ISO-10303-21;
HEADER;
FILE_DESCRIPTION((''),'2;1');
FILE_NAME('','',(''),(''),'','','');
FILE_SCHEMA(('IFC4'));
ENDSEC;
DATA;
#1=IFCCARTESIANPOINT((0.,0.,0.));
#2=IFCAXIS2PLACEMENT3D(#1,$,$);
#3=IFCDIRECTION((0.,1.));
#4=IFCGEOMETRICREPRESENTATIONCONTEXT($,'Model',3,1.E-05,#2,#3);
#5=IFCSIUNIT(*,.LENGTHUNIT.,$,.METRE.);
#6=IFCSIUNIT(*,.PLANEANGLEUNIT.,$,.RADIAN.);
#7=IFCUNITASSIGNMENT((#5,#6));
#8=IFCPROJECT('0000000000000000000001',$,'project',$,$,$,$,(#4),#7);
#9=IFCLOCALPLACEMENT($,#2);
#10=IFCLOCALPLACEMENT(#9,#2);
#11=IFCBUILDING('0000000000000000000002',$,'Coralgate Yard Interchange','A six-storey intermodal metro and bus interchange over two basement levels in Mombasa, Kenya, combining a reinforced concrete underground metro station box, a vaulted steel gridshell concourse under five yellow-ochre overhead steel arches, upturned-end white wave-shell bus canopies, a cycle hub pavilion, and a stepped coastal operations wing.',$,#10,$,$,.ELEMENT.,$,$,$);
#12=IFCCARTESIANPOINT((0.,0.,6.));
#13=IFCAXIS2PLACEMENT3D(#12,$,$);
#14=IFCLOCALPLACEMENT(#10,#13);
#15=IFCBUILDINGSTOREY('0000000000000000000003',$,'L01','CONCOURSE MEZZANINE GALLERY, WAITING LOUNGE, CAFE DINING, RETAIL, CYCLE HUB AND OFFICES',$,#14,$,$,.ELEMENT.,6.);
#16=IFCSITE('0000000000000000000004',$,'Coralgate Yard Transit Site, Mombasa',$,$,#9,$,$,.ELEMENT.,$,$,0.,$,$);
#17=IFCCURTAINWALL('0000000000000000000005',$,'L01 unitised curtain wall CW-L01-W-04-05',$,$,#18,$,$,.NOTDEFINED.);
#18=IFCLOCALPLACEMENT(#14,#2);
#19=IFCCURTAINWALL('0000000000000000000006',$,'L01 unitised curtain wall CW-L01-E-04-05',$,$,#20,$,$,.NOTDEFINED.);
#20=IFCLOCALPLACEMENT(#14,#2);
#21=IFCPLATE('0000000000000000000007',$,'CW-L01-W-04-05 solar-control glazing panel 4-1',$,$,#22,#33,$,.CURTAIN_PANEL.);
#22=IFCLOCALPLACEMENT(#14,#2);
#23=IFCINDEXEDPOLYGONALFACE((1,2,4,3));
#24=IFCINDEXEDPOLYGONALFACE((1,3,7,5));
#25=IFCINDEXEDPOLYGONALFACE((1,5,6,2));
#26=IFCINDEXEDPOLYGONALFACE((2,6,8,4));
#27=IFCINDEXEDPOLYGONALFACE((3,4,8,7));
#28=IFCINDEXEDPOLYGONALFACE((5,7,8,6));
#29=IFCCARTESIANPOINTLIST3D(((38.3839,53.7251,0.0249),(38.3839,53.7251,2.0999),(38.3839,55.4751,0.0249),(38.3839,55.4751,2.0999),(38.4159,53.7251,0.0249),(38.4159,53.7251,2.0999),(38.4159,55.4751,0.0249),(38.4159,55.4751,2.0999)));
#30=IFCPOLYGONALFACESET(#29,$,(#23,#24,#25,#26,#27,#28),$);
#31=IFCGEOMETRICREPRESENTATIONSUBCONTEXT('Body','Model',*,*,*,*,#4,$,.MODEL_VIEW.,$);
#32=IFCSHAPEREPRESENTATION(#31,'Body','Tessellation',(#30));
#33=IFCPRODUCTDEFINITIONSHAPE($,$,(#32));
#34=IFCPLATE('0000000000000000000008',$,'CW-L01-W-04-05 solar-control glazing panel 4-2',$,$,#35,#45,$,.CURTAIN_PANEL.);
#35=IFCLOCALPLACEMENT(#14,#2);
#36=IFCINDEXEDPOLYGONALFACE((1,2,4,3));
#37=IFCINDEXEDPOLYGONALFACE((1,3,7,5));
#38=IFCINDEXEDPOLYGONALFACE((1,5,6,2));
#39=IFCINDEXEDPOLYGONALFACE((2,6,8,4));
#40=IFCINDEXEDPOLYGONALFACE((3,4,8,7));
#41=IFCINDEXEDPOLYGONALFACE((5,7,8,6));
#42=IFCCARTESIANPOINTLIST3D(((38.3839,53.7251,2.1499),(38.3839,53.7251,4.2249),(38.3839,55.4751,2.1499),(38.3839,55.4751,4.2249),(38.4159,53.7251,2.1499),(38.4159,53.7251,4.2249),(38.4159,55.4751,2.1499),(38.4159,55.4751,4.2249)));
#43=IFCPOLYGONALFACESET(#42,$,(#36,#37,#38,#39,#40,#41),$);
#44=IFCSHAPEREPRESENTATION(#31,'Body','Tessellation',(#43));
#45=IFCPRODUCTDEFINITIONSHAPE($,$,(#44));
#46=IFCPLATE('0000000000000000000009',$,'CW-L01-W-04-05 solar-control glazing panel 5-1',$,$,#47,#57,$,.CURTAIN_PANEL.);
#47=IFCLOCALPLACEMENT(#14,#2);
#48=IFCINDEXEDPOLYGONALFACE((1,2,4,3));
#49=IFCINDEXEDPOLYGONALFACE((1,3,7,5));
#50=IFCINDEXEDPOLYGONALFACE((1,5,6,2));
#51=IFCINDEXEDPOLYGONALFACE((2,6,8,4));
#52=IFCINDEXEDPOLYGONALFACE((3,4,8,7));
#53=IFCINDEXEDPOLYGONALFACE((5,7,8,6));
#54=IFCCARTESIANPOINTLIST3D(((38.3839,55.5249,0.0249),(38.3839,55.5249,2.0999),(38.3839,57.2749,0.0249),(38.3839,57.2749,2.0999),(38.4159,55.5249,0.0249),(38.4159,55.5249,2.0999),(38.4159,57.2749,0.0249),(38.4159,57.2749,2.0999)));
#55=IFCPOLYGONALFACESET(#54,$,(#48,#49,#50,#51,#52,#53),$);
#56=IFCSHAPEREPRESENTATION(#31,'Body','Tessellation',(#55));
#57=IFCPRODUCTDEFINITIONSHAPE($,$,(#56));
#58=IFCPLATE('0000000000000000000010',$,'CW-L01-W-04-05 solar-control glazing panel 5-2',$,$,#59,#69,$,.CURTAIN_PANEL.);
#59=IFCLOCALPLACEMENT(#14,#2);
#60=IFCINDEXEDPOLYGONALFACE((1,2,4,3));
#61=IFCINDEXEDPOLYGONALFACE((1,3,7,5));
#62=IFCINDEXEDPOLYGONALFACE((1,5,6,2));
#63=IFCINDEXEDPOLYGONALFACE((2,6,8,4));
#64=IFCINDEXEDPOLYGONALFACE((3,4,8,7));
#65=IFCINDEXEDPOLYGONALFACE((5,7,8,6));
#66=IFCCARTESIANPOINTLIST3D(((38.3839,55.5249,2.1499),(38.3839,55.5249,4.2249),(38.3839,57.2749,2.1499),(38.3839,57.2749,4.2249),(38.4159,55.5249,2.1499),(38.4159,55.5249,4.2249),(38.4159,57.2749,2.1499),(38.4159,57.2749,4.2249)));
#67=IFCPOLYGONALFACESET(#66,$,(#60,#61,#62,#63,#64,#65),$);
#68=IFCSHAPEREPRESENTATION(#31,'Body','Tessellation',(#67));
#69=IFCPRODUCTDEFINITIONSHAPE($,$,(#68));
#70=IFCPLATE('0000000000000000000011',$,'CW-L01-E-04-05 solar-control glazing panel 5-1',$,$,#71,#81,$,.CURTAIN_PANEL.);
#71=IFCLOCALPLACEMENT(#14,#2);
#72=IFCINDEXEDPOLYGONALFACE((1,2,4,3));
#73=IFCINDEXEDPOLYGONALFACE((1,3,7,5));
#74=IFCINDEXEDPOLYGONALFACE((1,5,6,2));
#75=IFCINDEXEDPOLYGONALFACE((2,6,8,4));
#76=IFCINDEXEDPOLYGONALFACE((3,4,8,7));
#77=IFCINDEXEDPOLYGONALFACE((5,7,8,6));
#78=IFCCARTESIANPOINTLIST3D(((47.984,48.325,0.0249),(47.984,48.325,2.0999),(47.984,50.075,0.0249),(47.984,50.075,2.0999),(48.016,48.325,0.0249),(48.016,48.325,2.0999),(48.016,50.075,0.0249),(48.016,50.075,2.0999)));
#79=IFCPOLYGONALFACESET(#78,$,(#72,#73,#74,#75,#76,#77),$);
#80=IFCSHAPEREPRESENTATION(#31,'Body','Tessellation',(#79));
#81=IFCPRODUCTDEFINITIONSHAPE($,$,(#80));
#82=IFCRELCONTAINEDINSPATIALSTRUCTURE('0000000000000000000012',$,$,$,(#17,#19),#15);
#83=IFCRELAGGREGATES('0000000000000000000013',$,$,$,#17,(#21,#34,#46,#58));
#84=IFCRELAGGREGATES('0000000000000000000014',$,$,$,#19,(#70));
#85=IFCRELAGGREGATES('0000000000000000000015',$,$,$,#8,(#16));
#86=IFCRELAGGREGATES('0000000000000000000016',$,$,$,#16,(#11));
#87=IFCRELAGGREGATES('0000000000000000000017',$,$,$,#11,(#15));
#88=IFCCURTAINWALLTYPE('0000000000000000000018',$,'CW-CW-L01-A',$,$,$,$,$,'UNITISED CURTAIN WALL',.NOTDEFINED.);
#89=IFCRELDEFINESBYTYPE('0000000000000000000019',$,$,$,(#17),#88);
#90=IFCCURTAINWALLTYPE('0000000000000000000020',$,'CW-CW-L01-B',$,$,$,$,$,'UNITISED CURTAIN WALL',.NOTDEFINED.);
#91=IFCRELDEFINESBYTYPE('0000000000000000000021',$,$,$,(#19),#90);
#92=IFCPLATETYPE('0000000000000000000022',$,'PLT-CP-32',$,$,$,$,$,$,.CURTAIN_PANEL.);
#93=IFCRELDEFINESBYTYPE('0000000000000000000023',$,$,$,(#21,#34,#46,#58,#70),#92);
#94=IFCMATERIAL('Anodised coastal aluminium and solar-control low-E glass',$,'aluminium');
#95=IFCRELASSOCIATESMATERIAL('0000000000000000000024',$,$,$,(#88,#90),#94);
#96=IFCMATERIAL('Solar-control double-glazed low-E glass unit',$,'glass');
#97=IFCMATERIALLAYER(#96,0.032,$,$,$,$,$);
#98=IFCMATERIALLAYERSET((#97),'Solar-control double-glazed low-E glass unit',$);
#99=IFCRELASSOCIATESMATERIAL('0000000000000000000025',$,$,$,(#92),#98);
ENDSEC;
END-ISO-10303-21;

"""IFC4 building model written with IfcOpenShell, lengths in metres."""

from ifc_helpers import new_model, si_unit, direction, frame, origin, origin_2d, place, context, subcontext, project, spatial, rectangle, extrude, material, layer, layer_set, type_object, element, aggregate, save


model = new_model("IFC4")

# Units and contexts
model_context = context("Model", 3, precision=1e-05, world=origin(), true_north=direction((0.0, 1.0)))
body_context = subcontext(model_context, "Body", "Model", "MODEL_VIEW")
ifc_project = project(units=[si_unit("LENGTHUNIT", "METRE"), si_unit("PLANEANGLEUNIT", "RADIAN")], contexts=[model_context])

# Site, building, storey
site_placement = place(None, origin())
site = spatial("IfcSite", under=ifc_project, at=site_placement, Name="Coralgate Yard Transit Site, Mombasa", CompositionType="ELEMENT", RefElevation=0.0)
building_placement = place(site_placement, origin())
building = spatial("IfcBuilding", under=site, at=building_placement, Name="Coralgate Yard Interchange", Description="A six-storey intermodal metro and bus interchange over two basement levels in Mombasa, Kenya, combining a reinforced concrete underground metro station box, a vaulted steel gridshell concourse under five yellow-ochre overhead steel arches, upturned-end white wave-shell bus canopies, a cycle hub pavilion, and a stepped coastal operations wing.", CompositionType="ELEMENT")
storey_placement = place(building_placement, frame((0.0, 0.0, 6.0)))
storey = spatial("IfcBuildingStorey", under=building, at=storey_placement, Name="L01", Description="CONCOURSE MEZZANINE GALLERY, WAITING LOUNGE, CAFE DINING, RETAIL, CYCLE HUB AND OFFICES", CompositionType="ELEMENT", Elevation=6.0)

# Curtain wall
ifc_material_1 = material(Name="Anodised coastal aluminium and solar-control low-E glass", Category="aluminium")
curtain_wall_type_1 = type_object("IfcCurtainWallType", Name="CW-CW-L01-A", ElementType="UNITISED CURTAIN WALL", PredefinedType="NOTDEFINED", material=ifc_material_1)
curtain_wall_1_placement = place(storey_placement, origin())
curtain_wall_1 = element("IfcCurtainWall", 1, at=curtain_wall_1_placement, inside=storey, type_object=curtain_wall_type_1, Name="L01 unitised curtain wall CW-L01-W-04-05", PredefinedType="NOTDEFINED")

# Curtain wall
curtain_wall_type_2 = type_object("IfcCurtainWallType", Name="CW-CW-L01-B", ElementType="UNITISED CURTAIN WALL", PredefinedType="NOTDEFINED", material=ifc_material_1)
curtain_wall_2_placement = place(storey_placement, origin())
curtain_wall_2 = element("IfcCurtainWall", 2, at=curtain_wall_2_placement, inside=storey, type_object=curtain_wall_type_2, Name="L01 unitised curtain wall CW-L01-E-04-05", PredefinedType="NOTDEFINED")

# Plates
ifc_material_2 = material(Name="Solar-control double-glazed low-E glass unit", Category="glass")
ifc_layer = layer(ifc_material_2, 0.032)
ifc_layer_set = layer_set([ifc_layer], Name="Solar-control double-glazed low-E glass unit")
plate_type = type_object("IfcPlateType", Name="PLT-CP-32", PredefinedType="CURTAIN_PANEL", material=ifc_layer_set)
plate_1_placement = place(storey_placement, frame((38.3999, 54.6001, 0.0249), z_axis=(0.0, 0.0, 1.0), x_axis=(0.0, 1.0, 0.0)))
plate_1 = element("IfcPlate", 3, at=plate_1_placement, type_object=plate_type, Name="CW-L01-W-04-05 solar-control glazing panel 4-1", PredefinedType="CURTAIN_PANEL", context=body_context, shape_type="SweptSolid", body=[
    extrude(rectangle(XDim=1.75, YDim=0.032, at=origin_2d()), origin(), (0.0, 0.0, 1.0), 2.075),
])
plate_2_placement = place(storey_placement, frame((38.3999, 54.6001, 2.1499), z_axis=(0.0, 0.0, 1.0), x_axis=(0.0, 1.0, 0.0)))
plate_2 = element("IfcPlate", 4, at=plate_2_placement, type_object=plate_type, Name="CW-L01-W-04-05 solar-control glazing panel 4-2", PredefinedType="CURTAIN_PANEL", context=body_context, shape_type="SweptSolid", body=[
    extrude(rectangle(XDim=1.75, YDim=0.032, at=origin_2d()), origin(), (0.0, 0.0, 1.0), 2.075),
])
plate_3_placement = place(storey_placement, frame((38.3999, 56.3999, 0.0249), z_axis=(0.0, 0.0, 1.0), x_axis=(0.0, 1.0, 0.0)))
plate_3 = element("IfcPlate", 5, at=plate_3_placement, type_object=plate_type, Name="CW-L01-W-04-05 solar-control glazing panel 5-1", PredefinedType="CURTAIN_PANEL", context=body_context, shape_type="SweptSolid", body=[
    extrude(rectangle(XDim=1.75, YDim=0.032, at=origin_2d()), origin(), (0.0, 0.0, 1.0), 2.075),
])
plate_4_placement = place(storey_placement, frame((38.3999, 56.3999, 2.1499), z_axis=(0.0, 0.0, 1.0), x_axis=(0.0, 1.0, 0.0)))
plate_4 = element("IfcPlate", 6, at=plate_4_placement, type_object=plate_type, Name="CW-L01-W-04-05 solar-control glazing panel 5-2", PredefinedType="CURTAIN_PANEL", context=body_context, shape_type="SweptSolid", body=[
    extrude(rectangle(XDim=1.75, YDim=0.032, at=origin_2d()), origin(), (0.0, 0.0, 1.0), 2.075),
])
aggregate(curtain_wall_1, [plate_1, plate_2, plate_3, plate_4])
plate_5_placement = place(storey_placement, frame((48.0, 49.2, 0.0249), z_axis=(0.0, 0.0, 1.0), x_axis=(0.0, -1.0, 0.0)))
plate_5 = element("IfcPlate", 7, at=plate_5_placement, type_object=plate_type, Name="CW-L01-E-04-05 solar-control glazing panel 5-1", PredefinedType="CURTAIN_PANEL", context=body_context, shape_type="SweptSolid", body=[
    extrude(rectangle(XDim=1.75, YDim=0.032, at=origin_2d()), origin(), (0.0, 0.0, 1.0), 2.075),
])
aggregate(curtain_wall_2, [plate_5])

save(model, "model.ifc")
